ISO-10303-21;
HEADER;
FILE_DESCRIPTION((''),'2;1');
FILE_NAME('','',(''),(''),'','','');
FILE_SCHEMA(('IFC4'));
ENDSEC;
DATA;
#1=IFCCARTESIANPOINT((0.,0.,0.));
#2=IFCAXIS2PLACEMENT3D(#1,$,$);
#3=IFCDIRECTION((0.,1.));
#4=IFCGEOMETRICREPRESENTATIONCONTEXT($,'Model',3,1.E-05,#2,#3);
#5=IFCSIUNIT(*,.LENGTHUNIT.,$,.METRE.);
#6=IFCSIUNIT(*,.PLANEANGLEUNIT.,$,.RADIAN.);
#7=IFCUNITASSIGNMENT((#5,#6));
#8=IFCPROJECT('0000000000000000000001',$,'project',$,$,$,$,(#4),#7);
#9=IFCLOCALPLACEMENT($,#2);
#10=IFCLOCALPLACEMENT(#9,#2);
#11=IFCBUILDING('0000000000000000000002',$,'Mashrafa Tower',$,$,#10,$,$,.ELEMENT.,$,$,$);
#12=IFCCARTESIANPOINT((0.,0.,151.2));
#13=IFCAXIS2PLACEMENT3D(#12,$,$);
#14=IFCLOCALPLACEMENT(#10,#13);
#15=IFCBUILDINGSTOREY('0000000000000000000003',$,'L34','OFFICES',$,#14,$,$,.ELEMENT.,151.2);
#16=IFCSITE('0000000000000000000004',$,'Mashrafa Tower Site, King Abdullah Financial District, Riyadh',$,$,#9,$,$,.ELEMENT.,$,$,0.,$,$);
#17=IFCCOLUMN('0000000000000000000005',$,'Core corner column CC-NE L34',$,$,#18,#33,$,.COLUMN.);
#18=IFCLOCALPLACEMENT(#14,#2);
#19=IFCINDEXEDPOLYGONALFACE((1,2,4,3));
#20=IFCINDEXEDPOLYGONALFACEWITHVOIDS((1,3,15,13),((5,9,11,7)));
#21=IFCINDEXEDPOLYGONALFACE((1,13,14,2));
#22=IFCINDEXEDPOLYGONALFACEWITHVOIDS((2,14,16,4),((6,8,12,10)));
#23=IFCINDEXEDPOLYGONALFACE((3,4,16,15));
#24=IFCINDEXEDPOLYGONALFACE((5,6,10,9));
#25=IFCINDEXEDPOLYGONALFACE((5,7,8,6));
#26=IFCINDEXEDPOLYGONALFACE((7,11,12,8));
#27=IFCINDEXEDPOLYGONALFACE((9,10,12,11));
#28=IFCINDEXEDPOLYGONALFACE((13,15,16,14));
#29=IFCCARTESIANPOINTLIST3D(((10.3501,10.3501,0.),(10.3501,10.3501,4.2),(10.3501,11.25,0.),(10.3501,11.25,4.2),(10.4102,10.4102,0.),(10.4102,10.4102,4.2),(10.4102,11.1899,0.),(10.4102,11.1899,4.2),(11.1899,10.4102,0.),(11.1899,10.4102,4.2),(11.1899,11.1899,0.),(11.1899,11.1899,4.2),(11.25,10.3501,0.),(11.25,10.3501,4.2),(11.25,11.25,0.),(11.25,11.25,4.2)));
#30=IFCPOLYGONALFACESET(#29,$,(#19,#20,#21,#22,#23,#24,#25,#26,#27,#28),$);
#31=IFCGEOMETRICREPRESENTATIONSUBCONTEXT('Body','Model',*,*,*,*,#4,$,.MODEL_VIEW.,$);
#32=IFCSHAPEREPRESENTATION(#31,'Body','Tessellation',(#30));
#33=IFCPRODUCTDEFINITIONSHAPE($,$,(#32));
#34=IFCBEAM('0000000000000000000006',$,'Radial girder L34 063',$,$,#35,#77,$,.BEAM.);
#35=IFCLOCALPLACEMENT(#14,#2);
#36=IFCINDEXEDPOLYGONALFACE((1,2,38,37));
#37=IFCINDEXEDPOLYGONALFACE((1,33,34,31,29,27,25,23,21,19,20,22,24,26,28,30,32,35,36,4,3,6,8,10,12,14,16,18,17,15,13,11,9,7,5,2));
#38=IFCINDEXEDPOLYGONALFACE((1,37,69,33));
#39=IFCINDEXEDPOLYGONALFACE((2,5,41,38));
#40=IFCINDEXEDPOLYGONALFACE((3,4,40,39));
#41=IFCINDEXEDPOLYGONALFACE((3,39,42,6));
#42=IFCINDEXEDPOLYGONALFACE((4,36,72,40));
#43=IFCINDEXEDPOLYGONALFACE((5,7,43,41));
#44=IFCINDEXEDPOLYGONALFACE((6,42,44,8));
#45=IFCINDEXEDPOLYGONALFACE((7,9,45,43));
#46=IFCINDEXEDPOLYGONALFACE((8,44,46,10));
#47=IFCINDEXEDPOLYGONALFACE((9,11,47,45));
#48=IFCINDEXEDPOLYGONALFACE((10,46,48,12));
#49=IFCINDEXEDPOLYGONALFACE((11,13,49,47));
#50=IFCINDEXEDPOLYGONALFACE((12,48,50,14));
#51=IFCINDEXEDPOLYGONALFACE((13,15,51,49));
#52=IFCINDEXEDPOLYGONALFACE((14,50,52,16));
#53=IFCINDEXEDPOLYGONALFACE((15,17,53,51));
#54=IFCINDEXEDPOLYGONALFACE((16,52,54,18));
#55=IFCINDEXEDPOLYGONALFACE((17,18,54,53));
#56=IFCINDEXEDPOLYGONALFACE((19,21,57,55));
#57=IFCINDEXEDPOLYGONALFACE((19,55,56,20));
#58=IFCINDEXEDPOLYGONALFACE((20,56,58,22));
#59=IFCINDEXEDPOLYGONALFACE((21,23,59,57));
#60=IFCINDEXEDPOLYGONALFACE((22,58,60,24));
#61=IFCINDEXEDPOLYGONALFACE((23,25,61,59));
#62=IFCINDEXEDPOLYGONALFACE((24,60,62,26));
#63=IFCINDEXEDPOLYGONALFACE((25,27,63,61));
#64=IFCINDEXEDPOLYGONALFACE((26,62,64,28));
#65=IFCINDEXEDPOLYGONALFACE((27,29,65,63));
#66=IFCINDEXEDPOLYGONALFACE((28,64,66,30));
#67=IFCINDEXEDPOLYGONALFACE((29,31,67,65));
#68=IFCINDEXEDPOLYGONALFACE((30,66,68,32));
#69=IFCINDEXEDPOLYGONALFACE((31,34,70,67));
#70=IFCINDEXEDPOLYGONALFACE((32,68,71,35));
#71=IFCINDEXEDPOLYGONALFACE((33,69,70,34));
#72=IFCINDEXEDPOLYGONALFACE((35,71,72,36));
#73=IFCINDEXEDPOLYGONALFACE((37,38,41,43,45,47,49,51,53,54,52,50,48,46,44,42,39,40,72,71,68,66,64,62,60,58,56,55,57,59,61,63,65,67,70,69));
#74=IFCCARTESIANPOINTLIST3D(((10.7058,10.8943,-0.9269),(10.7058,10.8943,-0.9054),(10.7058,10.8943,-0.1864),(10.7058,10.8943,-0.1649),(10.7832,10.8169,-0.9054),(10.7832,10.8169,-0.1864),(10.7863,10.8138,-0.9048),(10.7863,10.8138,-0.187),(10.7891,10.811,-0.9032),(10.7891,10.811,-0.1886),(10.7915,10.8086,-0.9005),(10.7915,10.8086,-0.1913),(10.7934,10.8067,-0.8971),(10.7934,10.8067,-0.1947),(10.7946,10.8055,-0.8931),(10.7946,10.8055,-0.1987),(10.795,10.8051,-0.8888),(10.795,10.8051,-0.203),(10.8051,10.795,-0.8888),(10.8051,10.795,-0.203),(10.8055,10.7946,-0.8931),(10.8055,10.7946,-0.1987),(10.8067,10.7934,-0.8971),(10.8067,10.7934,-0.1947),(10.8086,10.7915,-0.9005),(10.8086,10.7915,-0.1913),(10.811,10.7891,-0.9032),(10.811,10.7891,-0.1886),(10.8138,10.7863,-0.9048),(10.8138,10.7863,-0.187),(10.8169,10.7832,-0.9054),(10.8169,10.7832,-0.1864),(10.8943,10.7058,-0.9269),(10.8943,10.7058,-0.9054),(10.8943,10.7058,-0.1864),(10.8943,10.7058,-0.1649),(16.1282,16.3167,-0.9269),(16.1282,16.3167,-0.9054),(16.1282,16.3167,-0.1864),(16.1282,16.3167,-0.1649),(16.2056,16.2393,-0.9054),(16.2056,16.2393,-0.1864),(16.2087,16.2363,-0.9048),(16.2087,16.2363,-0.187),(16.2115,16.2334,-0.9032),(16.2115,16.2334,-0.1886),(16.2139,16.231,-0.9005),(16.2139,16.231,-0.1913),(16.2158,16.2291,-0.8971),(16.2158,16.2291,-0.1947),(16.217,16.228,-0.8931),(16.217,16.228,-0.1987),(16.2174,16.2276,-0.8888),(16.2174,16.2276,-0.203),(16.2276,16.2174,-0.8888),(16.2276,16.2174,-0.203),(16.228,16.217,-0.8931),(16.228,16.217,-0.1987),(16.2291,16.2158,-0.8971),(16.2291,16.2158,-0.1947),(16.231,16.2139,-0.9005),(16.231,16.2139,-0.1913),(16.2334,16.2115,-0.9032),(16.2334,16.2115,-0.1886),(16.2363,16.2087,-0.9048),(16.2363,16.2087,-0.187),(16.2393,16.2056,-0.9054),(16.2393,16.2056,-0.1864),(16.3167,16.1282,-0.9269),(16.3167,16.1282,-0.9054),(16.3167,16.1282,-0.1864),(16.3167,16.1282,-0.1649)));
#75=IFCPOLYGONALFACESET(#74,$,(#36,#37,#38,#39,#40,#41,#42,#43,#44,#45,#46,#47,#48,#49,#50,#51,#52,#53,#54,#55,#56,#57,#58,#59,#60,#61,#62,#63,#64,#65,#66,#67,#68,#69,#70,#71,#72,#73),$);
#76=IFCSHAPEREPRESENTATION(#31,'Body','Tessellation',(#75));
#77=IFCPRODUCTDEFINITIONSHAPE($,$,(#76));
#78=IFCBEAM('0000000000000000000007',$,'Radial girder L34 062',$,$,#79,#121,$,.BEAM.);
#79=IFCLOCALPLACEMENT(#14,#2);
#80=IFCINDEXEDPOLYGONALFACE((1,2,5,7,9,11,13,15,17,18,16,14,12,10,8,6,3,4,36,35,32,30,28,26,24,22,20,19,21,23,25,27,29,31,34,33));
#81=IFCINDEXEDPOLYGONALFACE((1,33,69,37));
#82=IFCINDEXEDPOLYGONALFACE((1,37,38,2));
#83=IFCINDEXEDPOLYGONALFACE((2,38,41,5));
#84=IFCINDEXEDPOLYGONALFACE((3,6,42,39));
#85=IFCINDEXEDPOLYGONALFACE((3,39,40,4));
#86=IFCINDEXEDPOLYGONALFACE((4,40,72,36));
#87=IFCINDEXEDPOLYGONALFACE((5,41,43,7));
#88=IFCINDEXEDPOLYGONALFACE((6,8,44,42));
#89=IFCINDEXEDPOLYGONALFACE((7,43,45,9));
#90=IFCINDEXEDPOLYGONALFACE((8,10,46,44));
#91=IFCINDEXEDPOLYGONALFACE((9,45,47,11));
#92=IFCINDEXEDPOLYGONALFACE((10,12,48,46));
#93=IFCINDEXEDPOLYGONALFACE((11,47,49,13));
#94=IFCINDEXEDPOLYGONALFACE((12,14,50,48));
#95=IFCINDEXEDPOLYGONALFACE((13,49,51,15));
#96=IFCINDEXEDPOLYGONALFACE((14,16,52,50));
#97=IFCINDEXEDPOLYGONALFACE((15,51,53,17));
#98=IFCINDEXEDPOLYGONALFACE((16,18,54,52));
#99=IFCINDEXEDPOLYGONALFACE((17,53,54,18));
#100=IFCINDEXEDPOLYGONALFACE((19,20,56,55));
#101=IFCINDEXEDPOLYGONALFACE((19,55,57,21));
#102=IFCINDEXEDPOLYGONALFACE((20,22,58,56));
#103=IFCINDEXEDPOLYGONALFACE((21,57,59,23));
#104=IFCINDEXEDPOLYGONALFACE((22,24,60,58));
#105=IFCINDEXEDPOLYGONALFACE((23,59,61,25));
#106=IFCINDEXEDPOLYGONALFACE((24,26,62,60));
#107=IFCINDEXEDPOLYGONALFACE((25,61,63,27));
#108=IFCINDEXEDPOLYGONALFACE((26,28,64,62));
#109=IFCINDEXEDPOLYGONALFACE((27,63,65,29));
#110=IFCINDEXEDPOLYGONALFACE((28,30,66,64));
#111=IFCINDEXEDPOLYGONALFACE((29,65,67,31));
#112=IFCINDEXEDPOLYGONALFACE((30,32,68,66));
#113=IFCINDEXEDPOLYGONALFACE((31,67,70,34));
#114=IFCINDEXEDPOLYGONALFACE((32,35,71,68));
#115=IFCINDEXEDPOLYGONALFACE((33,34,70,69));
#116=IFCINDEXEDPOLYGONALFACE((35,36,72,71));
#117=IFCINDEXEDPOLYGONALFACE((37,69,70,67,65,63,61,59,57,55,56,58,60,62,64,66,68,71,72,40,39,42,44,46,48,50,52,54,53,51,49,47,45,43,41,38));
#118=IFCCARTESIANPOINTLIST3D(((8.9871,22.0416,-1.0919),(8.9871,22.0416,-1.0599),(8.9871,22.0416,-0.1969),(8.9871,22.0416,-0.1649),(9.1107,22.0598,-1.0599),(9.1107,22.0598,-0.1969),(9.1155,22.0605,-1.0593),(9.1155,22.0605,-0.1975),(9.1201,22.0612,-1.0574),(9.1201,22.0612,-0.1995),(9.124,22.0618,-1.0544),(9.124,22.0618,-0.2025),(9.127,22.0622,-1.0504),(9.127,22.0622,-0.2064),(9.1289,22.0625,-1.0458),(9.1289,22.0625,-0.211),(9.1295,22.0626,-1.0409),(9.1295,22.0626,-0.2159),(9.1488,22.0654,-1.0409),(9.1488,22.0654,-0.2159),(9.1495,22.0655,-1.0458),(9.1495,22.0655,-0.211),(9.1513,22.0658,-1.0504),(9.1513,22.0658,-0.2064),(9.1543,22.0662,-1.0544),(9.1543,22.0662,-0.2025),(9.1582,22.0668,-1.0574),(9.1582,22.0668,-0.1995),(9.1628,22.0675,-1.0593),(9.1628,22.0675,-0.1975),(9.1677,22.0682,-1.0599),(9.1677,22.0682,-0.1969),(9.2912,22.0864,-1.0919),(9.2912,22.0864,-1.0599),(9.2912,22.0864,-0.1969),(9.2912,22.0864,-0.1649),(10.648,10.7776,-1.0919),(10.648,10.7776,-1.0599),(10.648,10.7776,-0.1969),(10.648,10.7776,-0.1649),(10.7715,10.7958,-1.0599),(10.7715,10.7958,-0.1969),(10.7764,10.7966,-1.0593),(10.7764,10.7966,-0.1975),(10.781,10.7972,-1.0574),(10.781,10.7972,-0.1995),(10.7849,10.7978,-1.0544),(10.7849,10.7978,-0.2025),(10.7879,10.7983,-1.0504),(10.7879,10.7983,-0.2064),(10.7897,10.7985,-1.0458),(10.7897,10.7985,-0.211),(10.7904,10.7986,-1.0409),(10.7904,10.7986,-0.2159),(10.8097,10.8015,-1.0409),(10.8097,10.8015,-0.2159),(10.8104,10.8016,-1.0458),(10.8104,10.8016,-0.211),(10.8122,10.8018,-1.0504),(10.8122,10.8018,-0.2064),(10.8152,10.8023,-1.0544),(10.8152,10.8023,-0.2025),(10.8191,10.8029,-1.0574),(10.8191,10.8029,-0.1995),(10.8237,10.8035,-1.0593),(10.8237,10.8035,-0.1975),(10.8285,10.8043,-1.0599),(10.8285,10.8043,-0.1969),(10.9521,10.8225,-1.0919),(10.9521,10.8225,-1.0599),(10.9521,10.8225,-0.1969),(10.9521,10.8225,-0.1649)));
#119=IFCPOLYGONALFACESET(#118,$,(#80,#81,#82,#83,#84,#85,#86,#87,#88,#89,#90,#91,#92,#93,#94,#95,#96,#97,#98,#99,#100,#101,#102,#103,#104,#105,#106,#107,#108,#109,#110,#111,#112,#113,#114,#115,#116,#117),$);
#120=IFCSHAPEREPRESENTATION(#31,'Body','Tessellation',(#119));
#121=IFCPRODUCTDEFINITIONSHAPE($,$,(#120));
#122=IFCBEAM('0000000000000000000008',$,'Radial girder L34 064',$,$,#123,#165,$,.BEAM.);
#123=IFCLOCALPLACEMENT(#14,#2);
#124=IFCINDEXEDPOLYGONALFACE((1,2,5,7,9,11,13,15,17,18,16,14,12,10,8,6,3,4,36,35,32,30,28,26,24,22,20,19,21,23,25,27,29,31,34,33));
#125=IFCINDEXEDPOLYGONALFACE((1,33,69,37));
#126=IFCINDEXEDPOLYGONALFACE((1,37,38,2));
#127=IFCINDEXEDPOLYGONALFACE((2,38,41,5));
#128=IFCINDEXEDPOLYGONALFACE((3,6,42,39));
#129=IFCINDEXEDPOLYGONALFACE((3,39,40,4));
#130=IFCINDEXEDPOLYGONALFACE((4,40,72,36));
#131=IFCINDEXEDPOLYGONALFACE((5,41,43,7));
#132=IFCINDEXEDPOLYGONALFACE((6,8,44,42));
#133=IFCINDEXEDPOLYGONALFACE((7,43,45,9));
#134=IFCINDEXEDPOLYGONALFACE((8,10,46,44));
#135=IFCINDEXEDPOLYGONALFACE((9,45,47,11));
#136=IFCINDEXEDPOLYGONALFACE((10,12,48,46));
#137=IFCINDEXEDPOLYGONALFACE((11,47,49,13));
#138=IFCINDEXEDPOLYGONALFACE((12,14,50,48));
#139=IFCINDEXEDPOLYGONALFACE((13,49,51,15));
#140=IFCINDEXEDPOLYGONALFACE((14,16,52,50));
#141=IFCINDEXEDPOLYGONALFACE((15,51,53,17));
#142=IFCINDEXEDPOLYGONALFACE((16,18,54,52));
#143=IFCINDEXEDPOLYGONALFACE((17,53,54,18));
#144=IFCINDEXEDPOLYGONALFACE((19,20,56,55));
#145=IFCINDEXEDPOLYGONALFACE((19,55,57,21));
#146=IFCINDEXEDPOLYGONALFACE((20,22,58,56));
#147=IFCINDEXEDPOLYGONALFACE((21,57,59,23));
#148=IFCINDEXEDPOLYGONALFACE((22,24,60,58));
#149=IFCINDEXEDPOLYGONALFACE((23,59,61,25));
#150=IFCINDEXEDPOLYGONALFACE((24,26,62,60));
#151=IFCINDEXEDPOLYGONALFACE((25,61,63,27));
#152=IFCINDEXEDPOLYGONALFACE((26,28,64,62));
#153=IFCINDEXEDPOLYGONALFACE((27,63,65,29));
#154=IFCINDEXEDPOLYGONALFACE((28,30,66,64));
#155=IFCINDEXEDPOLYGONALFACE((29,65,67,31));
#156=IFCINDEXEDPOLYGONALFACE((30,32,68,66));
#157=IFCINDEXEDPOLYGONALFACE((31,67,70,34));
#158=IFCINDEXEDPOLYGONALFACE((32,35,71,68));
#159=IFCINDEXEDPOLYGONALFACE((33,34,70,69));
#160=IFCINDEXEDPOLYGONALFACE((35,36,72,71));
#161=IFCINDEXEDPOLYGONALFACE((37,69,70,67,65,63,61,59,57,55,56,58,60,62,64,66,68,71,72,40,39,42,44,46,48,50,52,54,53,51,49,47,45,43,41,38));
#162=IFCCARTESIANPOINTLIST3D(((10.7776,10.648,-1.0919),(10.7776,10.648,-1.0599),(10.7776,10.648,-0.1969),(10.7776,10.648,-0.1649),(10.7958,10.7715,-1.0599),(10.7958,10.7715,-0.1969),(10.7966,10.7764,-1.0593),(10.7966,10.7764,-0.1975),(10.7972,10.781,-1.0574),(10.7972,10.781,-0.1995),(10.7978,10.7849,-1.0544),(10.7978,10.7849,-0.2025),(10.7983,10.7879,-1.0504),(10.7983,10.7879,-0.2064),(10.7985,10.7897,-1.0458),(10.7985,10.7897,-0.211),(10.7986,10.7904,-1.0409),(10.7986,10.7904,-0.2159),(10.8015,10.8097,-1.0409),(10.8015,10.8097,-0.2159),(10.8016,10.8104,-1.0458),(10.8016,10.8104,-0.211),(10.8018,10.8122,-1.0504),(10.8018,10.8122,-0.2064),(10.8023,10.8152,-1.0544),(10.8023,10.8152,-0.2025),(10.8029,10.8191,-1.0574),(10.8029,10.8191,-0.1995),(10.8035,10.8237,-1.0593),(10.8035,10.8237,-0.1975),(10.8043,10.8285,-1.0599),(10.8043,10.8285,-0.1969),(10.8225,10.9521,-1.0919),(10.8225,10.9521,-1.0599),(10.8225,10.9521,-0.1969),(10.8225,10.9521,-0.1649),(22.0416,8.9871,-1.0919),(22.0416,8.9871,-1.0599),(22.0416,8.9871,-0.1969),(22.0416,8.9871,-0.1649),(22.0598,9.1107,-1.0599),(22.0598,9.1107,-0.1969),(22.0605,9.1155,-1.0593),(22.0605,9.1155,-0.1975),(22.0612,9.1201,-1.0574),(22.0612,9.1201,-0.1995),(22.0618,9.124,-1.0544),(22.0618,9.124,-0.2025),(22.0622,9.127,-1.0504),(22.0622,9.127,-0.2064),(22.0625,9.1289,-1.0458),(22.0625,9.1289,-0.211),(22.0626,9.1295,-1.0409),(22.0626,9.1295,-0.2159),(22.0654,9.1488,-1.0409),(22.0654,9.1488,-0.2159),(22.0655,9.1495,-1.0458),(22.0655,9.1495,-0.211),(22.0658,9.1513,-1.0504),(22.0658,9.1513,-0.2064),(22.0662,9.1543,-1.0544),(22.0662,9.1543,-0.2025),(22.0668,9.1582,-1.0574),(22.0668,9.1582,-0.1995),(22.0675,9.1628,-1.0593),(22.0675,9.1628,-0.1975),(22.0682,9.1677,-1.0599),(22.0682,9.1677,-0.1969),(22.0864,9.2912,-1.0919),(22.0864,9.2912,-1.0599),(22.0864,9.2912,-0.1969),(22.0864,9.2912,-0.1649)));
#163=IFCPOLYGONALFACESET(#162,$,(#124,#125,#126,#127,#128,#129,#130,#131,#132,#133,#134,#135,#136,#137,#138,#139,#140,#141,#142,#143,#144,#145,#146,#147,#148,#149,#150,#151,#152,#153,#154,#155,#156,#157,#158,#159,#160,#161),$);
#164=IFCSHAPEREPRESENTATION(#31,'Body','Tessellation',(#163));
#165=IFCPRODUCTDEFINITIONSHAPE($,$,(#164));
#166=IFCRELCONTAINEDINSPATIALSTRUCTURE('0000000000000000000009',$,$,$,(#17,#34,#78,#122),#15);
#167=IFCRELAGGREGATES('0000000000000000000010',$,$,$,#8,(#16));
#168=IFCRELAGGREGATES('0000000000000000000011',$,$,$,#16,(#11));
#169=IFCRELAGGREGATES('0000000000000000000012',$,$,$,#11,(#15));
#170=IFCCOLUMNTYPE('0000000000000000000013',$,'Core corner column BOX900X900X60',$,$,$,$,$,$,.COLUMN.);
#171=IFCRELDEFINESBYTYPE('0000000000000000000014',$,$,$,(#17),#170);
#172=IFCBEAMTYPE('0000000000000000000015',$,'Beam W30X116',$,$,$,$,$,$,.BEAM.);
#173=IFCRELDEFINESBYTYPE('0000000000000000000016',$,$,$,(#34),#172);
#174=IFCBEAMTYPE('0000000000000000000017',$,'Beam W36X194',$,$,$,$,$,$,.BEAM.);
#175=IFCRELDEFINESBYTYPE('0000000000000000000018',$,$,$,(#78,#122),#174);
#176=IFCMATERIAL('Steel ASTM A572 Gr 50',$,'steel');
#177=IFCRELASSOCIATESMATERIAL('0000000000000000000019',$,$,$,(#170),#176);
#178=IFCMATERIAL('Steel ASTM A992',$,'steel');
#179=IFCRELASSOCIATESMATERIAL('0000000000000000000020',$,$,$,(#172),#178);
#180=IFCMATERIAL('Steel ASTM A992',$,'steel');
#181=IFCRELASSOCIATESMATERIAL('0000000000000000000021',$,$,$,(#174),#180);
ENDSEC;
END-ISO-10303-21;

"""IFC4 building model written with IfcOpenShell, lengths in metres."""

from ifc_helpers import new_model, si_unit, direction, frame, origin, origin_2d, place, context, subcontext, project, spatial, hollow_rectangle, i_section, extrude, material, material_profile, profile_set, type_object, element, save


model = new_model("IFC4")

# Units and contexts
model_context = context("Model", 3, precision=1e-05, world=origin(), true_north=direction((0.0, 1.0)))
body_context = subcontext(model_context, "Body", "Model", "MODEL_VIEW")
ifc_project = project(units=[si_unit("LENGTHUNIT", "METRE"), si_unit("PLANEANGLEUNIT", "RADIAN")], contexts=[model_context])

# Site, building, storey
site_placement = place(None, origin())
site = spatial("IfcSite", under=ifc_project, at=site_placement, Name="Mashrafa Tower Site, King Abdullah Financial District, Riyadh", CompositionType="ELEMENT", RefElevation=0.0)
building_placement = place(site_placement, origin())
building = spatial("IfcBuilding", under=site, at=building_placement, Name="Mashrafa Tower", CompositionType="ELEMENT")
storey_placement = place(building_placement, frame((0.0, 0.0, 151.2)))
storey = spatial("IfcBuildingStorey", under=building, at=storey_placement, Name="L34", Description="OFFICES", CompositionType="ELEMENT", Elevation=151.2)

# Column
ifc_material_1 = material(Name="Steel ASTM A572 Gr 50", Category="steel")
ifc_material_profile_1 = material_profile(ifc_material_1, hollow_rectangle(XDim=0.8999, YDim=0.8999, WallThickness=0.0601, at=origin_2d()), Name="BOX900X900X60")
ifc_profile_set_1 = profile_set([ifc_material_profile_1], Name="Steel ASTM A572 Gr 50")
column_type = type_object("IfcColumnType", Name="Core corner column BOX900X900X60", PredefinedType="COLUMN", material=ifc_profile_set_1)
column_placement = place(storey_placement, frame((10.8, 10.8, 0.0), z_axis=(0.0, 0.0, 1.0), x_axis=(1.0, 0.0, 0.0)))
element("IfcColumn", 1, at=column_placement, inside=storey, type_object=column_type, Name="Core corner column CC-NE L34", PredefinedType="COLUMN", context=body_context, shape_type="SweptSolid", body=[
    extrude(hollow_rectangle(XDim=0.8999, YDim=0.8999, WallThickness=0.0601, at=origin_2d()), origin(), (0.0, 0.0, 1.0), 4.2),
])

# Beams
ifc_material_2 = material(Name="Steel ASTM A992", Category="steel")
ifc_material_profile_2 = material_profile(ifc_material_2, i_section(OverallWidth=0.2666, OverallDepth=0.762, WebThickness=0.0144, FlangeThickness=0.0215, FilletRadius=0.0166, at=origin_2d()), Name="W30X116")
ifc_profile_set_2 = profile_set([ifc_material_profile_2], Name="Steel ASTM A992")
beam_type_1 = type_object("IfcBeamType", Name="Beam W30X116", PredefinedType="BEAM", material=ifc_profile_set_2)
beam_1_placement = place(storey_placement, frame((10.8, 10.8, -0.5459), z_axis=(0.707107, 0.707107, 0.0), x_axis=(-0.707107, 0.707107, 0.0)))
element("IfcBeam", 2, at=beam_1_placement, inside=storey, type_object=beam_type_1, Name="Radial girder L34 063", PredefinedType="BEAM", context=body_context, shape_type="SweptSolid", body=[
    extrude(i_section(OverallWidth=0.2666, OverallDepth=0.762, WebThickness=0.0144, FlangeThickness=0.0215, FilletRadius=0.0166, at=origin_2d()), origin(), (0.0, 0.0, 1.0), 7.6685),
])
ifc_material_3 = material(Name="Steel ASTM A992", Category="steel")
ifc_material_profile_3 = material_profile(ifc_material_3, i_section(OverallWidth=0.3074, OverallDepth=0.927, WebThickness=0.0195, FlangeThickness=0.032, FilletRadius=0.019, at=origin_2d()), Name="W36X194")
ifc_profile_set_3 = profile_set([ifc_material_profile_3], Name="Steel ASTM A992")
beam_type_2 = type_object("IfcBeamType", Name="Beam W36X194", PredefinedType="BEAM", material=ifc_profile_set_3)
for number, where, z_axis, x_axis, name in (
    (3, (10.8, 10.8, -0.6284), (-0.145875, 0.989303, 0.0), (-0.989303, -0.145875, 0.0), "Radial girder L34 062"),
    (4, (10.8, 10.8, -0.6284), (0.989303, -0.145875, 0.0), (0.145875, 0.989303, 0.0), "Radial girder L34 064"),
):
    element("IfcBeam", number, at=place(storey_placement, frame(where, z_axis=z_axis, x_axis=x_axis)), inside=storey, type_object=beam_type_2, Name=name, PredefinedType="BEAM", context=body_context, shape_type="SweptSolid", body=[
        extrude(i_section(OverallWidth=0.3074, OverallDepth=0.927, WebThickness=0.0195, FlangeThickness=0.032, FilletRadius=0.019, at=origin_2d()), origin(), (0.0, 0.0, 1.0), 11.3857),
    ])

save(model, "model.ifc")
